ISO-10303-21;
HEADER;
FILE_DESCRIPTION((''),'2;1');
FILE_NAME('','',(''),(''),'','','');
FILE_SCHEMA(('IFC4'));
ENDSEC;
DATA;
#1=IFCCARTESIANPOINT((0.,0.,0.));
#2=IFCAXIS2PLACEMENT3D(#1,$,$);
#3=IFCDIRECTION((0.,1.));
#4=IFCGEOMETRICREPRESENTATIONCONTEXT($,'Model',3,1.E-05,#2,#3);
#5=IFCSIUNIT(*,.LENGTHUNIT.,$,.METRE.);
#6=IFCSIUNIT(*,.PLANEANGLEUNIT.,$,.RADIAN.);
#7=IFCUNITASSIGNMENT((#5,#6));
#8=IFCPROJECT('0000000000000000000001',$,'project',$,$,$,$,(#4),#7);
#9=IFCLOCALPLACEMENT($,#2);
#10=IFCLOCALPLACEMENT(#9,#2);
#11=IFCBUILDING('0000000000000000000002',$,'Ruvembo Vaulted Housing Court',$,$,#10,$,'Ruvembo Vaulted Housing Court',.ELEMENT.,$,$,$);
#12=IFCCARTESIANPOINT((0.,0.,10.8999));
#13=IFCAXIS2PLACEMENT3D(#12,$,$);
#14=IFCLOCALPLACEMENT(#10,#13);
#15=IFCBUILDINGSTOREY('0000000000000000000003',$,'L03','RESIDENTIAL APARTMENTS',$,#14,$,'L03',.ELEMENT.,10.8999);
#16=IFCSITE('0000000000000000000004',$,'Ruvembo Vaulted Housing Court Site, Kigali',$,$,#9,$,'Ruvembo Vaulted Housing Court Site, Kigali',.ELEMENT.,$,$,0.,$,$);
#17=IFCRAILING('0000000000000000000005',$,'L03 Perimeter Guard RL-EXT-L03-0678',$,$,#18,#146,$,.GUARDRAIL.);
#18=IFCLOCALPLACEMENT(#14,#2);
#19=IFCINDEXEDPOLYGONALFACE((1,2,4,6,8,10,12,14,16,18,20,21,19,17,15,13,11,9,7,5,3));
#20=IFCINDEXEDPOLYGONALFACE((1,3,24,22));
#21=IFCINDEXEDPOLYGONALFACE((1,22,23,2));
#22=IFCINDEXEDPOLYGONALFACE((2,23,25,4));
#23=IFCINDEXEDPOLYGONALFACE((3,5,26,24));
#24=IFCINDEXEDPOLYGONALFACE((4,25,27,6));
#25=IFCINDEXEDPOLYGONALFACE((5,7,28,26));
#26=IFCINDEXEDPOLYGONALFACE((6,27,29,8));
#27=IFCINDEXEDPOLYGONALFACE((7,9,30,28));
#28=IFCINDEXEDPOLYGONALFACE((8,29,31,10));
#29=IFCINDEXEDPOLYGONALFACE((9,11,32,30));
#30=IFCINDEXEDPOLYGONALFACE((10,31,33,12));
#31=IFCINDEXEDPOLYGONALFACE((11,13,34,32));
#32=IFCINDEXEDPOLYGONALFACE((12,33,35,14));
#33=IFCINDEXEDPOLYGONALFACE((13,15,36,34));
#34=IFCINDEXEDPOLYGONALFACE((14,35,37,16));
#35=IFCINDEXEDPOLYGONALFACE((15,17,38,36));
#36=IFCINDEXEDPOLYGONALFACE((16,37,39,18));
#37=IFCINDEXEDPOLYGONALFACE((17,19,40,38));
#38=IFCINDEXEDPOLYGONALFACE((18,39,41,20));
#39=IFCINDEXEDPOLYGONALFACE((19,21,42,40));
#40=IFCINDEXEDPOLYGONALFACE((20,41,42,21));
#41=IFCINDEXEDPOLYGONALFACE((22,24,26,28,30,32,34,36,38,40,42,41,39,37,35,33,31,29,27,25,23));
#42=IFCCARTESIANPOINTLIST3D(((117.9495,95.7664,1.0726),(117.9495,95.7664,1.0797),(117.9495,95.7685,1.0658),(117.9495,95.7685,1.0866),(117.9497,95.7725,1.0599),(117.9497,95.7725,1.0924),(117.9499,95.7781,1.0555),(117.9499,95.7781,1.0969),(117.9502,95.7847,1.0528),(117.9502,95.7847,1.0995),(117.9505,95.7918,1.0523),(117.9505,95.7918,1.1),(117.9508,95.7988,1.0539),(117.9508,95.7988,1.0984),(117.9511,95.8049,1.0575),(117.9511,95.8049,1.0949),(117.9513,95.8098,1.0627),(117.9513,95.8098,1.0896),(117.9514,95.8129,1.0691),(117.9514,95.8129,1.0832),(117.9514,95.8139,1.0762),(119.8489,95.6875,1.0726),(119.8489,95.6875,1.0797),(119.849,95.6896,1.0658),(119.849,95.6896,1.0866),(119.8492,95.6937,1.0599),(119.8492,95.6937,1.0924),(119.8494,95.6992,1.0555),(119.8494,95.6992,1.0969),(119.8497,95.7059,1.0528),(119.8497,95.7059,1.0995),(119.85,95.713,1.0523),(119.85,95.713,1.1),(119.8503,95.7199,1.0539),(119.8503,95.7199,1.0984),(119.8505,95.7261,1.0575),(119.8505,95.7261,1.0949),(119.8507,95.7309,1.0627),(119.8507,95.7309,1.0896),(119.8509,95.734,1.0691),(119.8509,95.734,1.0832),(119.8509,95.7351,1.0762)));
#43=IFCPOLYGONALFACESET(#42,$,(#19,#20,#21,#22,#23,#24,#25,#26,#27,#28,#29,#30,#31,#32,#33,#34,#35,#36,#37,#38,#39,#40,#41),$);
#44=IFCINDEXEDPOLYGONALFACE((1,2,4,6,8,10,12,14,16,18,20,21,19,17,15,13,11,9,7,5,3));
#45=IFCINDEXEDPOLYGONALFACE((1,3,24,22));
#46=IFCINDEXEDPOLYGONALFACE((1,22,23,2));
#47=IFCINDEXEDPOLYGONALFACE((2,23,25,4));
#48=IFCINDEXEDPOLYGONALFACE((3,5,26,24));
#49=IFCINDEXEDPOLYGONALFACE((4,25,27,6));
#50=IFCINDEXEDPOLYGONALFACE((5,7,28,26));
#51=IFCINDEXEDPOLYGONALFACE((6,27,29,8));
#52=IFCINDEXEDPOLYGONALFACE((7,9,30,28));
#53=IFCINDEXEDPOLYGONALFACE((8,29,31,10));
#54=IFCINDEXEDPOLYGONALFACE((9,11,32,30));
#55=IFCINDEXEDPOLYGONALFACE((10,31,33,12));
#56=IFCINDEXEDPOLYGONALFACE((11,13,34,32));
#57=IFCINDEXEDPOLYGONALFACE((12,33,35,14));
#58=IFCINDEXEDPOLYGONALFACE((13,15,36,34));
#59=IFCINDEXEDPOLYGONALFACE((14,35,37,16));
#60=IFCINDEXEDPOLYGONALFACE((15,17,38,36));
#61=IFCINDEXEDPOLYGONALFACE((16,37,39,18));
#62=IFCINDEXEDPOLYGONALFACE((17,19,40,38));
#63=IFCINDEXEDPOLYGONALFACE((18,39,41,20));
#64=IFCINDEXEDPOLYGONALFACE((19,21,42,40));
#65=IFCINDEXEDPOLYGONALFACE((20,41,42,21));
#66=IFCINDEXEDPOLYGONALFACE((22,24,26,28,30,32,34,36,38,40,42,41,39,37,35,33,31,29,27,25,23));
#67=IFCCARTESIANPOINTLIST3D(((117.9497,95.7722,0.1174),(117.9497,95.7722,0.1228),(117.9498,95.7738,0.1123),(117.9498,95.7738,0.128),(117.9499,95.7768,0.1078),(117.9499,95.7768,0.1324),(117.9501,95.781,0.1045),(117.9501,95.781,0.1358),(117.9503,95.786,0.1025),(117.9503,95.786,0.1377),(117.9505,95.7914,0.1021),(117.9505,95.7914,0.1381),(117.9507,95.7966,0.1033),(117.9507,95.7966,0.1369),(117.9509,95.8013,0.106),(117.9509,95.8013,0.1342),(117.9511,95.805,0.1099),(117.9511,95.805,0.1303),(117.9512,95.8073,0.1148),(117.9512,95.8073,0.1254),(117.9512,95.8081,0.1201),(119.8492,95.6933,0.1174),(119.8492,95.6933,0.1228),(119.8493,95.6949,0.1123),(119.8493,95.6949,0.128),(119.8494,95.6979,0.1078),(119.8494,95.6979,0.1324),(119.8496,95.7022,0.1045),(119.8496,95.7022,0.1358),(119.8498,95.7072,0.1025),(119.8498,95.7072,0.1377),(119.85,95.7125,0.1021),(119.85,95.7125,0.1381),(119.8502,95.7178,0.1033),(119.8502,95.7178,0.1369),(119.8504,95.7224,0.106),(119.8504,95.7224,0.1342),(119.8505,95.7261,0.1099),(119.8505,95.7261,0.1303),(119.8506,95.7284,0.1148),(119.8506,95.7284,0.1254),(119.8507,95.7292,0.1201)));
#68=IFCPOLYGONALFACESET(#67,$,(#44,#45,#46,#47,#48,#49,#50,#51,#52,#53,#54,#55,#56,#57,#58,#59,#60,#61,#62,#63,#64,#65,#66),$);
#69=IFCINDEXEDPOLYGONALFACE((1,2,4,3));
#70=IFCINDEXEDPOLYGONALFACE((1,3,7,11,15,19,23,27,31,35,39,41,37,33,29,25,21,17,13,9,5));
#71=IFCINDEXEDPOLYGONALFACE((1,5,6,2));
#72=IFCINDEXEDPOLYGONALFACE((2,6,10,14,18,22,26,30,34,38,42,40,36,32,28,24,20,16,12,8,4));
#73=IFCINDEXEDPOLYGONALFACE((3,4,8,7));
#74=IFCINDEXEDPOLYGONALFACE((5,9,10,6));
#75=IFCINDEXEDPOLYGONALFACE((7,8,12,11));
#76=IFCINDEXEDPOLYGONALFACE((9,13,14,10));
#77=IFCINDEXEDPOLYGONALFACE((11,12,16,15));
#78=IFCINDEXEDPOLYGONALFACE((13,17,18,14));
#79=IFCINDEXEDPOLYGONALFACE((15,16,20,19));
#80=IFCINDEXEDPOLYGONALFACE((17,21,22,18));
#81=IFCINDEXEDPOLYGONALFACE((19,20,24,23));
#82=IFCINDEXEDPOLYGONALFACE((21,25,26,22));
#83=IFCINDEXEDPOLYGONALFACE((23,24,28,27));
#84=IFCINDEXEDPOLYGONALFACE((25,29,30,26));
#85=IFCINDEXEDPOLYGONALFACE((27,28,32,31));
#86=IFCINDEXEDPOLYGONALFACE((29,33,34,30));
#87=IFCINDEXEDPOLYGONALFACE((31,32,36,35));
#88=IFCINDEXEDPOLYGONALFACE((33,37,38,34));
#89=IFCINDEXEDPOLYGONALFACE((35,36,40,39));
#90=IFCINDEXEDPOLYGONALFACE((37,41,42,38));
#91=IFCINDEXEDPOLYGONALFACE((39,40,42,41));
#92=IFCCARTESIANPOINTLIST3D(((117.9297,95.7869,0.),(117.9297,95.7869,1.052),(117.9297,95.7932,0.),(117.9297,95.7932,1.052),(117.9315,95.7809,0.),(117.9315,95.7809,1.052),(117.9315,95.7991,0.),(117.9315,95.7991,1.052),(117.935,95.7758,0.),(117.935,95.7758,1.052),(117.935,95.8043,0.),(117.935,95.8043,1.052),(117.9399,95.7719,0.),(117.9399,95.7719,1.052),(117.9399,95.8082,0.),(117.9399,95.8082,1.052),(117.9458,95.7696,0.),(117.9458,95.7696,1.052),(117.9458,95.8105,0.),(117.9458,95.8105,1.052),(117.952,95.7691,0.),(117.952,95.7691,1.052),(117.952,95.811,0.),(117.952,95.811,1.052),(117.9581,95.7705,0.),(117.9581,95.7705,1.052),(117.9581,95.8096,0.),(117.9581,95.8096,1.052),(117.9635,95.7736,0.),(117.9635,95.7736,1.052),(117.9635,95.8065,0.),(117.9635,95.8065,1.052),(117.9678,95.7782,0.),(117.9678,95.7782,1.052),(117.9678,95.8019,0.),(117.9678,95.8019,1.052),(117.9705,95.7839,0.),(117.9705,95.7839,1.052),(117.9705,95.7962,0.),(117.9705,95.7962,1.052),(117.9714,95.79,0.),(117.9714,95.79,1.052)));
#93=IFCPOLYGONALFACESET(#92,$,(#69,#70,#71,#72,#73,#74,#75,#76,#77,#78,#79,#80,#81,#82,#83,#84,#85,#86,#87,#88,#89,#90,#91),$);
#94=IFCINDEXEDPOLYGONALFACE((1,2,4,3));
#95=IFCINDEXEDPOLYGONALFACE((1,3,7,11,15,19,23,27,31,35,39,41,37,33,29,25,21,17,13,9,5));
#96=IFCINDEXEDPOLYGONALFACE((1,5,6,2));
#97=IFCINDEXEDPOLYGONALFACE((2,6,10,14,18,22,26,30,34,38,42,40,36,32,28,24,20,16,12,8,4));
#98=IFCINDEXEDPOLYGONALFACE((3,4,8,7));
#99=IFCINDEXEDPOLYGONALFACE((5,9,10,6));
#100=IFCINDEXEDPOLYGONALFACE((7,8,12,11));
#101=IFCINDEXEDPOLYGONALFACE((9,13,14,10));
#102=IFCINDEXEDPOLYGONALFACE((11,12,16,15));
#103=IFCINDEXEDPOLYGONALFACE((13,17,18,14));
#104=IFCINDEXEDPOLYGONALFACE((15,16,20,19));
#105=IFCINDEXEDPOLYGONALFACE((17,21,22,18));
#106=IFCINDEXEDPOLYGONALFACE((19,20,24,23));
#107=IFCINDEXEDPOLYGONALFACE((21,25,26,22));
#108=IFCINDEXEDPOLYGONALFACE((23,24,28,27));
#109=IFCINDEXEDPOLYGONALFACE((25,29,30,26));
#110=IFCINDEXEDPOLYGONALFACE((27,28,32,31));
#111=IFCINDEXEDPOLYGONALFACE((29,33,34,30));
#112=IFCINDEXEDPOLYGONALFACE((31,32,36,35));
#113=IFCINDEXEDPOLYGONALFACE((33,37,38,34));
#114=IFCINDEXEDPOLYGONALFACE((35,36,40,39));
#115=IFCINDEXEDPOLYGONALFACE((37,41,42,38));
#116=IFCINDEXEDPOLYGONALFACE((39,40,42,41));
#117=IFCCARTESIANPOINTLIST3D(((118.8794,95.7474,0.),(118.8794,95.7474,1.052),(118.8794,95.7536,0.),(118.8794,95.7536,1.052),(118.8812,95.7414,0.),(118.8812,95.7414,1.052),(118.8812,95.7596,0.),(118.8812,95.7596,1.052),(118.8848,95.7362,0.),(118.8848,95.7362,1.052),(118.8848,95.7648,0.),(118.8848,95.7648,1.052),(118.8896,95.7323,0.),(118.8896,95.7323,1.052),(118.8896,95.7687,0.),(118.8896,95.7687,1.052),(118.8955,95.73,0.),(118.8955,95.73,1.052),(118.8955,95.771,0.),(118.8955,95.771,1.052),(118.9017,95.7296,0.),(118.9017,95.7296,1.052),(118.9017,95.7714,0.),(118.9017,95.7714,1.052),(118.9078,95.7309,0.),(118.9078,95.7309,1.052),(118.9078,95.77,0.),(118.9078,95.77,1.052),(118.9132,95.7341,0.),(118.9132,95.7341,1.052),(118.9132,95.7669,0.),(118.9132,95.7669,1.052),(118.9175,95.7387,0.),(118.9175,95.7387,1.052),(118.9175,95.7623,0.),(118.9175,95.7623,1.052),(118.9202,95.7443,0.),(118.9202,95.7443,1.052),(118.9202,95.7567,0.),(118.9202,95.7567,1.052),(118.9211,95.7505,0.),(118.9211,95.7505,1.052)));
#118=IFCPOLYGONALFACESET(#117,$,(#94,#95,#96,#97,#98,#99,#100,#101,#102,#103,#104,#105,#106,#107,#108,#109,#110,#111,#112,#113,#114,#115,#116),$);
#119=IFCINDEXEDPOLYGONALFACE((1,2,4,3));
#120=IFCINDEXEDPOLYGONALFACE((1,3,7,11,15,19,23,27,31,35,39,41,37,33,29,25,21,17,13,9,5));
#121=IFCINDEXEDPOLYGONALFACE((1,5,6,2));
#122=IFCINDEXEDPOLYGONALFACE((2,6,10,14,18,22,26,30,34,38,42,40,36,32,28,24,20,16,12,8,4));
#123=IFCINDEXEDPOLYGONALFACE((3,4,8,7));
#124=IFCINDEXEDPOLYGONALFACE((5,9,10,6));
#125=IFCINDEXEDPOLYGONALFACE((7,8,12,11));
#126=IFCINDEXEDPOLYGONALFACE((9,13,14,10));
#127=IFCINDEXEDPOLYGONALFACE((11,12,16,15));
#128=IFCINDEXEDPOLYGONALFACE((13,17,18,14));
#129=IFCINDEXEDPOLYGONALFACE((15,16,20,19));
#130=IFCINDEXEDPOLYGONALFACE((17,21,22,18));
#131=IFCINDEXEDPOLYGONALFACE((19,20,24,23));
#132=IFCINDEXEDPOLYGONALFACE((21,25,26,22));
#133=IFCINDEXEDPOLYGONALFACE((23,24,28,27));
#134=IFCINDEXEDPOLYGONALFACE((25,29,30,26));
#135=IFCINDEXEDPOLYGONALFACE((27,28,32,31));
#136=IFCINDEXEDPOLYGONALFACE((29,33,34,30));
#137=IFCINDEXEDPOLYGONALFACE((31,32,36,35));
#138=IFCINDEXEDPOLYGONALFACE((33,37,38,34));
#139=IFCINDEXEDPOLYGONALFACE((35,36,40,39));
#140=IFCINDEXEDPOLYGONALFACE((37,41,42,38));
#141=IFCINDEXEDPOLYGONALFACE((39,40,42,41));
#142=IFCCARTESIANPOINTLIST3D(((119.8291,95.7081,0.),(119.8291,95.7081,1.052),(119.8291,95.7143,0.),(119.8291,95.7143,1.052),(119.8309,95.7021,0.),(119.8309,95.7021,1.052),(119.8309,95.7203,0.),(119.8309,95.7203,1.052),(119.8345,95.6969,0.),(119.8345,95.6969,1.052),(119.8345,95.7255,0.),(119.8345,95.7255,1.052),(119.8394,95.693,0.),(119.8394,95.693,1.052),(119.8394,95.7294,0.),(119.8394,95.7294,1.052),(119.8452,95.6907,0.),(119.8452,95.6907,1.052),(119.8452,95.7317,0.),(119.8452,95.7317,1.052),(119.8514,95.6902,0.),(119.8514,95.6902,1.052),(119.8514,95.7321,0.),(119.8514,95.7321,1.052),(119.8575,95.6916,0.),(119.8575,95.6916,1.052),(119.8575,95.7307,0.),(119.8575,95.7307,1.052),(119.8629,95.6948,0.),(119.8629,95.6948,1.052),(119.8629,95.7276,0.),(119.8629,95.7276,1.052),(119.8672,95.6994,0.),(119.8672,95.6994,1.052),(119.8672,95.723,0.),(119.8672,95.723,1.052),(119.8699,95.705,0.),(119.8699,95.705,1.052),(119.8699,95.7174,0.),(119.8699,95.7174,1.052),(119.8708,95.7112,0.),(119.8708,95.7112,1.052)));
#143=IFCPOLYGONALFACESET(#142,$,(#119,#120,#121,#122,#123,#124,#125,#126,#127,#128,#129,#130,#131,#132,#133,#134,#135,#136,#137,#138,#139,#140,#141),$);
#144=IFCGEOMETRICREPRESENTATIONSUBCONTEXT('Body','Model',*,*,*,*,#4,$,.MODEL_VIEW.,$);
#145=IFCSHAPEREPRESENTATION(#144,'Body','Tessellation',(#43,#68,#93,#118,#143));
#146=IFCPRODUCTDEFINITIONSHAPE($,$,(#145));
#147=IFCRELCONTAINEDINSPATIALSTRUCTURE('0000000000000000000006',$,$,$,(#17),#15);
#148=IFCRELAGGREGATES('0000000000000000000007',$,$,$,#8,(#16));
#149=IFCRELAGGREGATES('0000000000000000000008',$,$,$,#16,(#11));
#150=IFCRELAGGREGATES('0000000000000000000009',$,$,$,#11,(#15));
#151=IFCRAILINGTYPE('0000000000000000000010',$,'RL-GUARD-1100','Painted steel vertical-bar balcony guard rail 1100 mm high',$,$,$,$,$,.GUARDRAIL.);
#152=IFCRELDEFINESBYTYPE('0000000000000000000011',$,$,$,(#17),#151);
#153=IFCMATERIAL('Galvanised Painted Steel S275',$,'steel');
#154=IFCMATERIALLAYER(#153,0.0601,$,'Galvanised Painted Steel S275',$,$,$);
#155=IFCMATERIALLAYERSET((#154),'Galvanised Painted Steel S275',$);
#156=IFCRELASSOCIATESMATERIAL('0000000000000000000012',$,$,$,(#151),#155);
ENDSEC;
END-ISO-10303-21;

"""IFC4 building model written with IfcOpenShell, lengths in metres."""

from ifc_helpers import new_model, si_unit, direction, frame, origin, origin_2d, place, context, subcontext, project, spatial, circle, extrude, material, layer, layer_set, type_object, element, save


model = new_model("IFC4")

# Units and contexts
model_context = context("Model", 3, precision=1e-05, world=origin(), true_north=direction((0.0, 1.0)))
body_context = subcontext(model_context, "Body", "Model", "MODEL_VIEW")
ifc_project = project(units=[si_unit("LENGTHUNIT", "METRE"), si_unit("PLANEANGLEUNIT", "RADIAN")], contexts=[model_context])

# Site, building, storey
site_placement = place(None, origin())
site = spatial("IfcSite", under=ifc_project, at=site_placement, Name="Ruvembo Vaulted Housing Court Site, Kigali", LongName="Ruvembo Vaulted Housing Court Site, Kigali", CompositionType="ELEMENT", RefElevation=0.0)
building_placement = place(site_placement, origin())
building = spatial("IfcBuilding", under=site, at=building_placement, Name="Ruvembo Vaulted Housing Court", LongName="Ruvembo Vaulted Housing Court", CompositionType="ELEMENT")
storey_placement = place(building_placement, frame((0.0, 0.0, 10.8999)))
storey = spatial("IfcBuildingStorey", under=building, at=storey_placement, Name="L03", Description="RESIDENTIAL APARTMENTS", LongName="L03", CompositionType="ELEMENT", Elevation=10.8999)

# Railing
ifc_material_1 = material(Name="Galvanised Painted Steel S275", Category="steel")
ifc_layer_1 = layer(ifc_material_1, 0.0601, Name="Galvanised Painted Steel S275")
ifc_layer_set_1 = layer_set([ifc_layer_1], Name="Galvanised Painted Steel S275")
railing_type = type_object("IfcRailingType", Name="RL-GUARD-1100", Description="Painted steel vertical-bar balcony guard rail 1100 mm high", PredefinedType="GUARDRAIL", material=ifc_layer_set_1)
railing_placement = place(storey_placement, frame((117.9504, 95.79, 0.0)))
element("IfcRailing", 1, at=railing_placement, inside=storey, type_object=railing_type, Name="L03 Perimeter Guard RL-EXT-L03-0678", PredefinedType="GUARDRAIL", context=body_context, shape_type="SweptSolid", body=[
    extrude(circle(Radius=0.0239, at=origin_2d()), frame((0.0, 0.0, 1.0762), z_axis=(0.999139, -0.041481, 0.0), x_axis=(0.041481, 0.999139, 0.0)), (0.0, 0.0, 1.0), 1.9011),
    extrude(circle(Radius=0.0181, at=origin_2d()), frame((0.0, 0.0, 0.1201), z_axis=(0.999139, -0.041481, 0.0), x_axis=(0.041481, 0.999139, 0.0)), (0.0, 0.0, 1.0), 1.9011),
    extrude(circle(Radius=0.021, at=origin_2d()), origin(), (0.0, 0.0, 1.0), 1.052),
    extrude(circle(Radius=0.021, at=origin_2d()), frame((0.9497, -0.0396, 0.0)), (0.0, 0.0, 1.0), 1.052),
    extrude(circle(Radius=0.021, at=origin_2d()), frame((1.8994, -0.0789, 0.0)), (0.0, 0.0, 1.0), 1.052),
])

save(model, "model.ifc")
